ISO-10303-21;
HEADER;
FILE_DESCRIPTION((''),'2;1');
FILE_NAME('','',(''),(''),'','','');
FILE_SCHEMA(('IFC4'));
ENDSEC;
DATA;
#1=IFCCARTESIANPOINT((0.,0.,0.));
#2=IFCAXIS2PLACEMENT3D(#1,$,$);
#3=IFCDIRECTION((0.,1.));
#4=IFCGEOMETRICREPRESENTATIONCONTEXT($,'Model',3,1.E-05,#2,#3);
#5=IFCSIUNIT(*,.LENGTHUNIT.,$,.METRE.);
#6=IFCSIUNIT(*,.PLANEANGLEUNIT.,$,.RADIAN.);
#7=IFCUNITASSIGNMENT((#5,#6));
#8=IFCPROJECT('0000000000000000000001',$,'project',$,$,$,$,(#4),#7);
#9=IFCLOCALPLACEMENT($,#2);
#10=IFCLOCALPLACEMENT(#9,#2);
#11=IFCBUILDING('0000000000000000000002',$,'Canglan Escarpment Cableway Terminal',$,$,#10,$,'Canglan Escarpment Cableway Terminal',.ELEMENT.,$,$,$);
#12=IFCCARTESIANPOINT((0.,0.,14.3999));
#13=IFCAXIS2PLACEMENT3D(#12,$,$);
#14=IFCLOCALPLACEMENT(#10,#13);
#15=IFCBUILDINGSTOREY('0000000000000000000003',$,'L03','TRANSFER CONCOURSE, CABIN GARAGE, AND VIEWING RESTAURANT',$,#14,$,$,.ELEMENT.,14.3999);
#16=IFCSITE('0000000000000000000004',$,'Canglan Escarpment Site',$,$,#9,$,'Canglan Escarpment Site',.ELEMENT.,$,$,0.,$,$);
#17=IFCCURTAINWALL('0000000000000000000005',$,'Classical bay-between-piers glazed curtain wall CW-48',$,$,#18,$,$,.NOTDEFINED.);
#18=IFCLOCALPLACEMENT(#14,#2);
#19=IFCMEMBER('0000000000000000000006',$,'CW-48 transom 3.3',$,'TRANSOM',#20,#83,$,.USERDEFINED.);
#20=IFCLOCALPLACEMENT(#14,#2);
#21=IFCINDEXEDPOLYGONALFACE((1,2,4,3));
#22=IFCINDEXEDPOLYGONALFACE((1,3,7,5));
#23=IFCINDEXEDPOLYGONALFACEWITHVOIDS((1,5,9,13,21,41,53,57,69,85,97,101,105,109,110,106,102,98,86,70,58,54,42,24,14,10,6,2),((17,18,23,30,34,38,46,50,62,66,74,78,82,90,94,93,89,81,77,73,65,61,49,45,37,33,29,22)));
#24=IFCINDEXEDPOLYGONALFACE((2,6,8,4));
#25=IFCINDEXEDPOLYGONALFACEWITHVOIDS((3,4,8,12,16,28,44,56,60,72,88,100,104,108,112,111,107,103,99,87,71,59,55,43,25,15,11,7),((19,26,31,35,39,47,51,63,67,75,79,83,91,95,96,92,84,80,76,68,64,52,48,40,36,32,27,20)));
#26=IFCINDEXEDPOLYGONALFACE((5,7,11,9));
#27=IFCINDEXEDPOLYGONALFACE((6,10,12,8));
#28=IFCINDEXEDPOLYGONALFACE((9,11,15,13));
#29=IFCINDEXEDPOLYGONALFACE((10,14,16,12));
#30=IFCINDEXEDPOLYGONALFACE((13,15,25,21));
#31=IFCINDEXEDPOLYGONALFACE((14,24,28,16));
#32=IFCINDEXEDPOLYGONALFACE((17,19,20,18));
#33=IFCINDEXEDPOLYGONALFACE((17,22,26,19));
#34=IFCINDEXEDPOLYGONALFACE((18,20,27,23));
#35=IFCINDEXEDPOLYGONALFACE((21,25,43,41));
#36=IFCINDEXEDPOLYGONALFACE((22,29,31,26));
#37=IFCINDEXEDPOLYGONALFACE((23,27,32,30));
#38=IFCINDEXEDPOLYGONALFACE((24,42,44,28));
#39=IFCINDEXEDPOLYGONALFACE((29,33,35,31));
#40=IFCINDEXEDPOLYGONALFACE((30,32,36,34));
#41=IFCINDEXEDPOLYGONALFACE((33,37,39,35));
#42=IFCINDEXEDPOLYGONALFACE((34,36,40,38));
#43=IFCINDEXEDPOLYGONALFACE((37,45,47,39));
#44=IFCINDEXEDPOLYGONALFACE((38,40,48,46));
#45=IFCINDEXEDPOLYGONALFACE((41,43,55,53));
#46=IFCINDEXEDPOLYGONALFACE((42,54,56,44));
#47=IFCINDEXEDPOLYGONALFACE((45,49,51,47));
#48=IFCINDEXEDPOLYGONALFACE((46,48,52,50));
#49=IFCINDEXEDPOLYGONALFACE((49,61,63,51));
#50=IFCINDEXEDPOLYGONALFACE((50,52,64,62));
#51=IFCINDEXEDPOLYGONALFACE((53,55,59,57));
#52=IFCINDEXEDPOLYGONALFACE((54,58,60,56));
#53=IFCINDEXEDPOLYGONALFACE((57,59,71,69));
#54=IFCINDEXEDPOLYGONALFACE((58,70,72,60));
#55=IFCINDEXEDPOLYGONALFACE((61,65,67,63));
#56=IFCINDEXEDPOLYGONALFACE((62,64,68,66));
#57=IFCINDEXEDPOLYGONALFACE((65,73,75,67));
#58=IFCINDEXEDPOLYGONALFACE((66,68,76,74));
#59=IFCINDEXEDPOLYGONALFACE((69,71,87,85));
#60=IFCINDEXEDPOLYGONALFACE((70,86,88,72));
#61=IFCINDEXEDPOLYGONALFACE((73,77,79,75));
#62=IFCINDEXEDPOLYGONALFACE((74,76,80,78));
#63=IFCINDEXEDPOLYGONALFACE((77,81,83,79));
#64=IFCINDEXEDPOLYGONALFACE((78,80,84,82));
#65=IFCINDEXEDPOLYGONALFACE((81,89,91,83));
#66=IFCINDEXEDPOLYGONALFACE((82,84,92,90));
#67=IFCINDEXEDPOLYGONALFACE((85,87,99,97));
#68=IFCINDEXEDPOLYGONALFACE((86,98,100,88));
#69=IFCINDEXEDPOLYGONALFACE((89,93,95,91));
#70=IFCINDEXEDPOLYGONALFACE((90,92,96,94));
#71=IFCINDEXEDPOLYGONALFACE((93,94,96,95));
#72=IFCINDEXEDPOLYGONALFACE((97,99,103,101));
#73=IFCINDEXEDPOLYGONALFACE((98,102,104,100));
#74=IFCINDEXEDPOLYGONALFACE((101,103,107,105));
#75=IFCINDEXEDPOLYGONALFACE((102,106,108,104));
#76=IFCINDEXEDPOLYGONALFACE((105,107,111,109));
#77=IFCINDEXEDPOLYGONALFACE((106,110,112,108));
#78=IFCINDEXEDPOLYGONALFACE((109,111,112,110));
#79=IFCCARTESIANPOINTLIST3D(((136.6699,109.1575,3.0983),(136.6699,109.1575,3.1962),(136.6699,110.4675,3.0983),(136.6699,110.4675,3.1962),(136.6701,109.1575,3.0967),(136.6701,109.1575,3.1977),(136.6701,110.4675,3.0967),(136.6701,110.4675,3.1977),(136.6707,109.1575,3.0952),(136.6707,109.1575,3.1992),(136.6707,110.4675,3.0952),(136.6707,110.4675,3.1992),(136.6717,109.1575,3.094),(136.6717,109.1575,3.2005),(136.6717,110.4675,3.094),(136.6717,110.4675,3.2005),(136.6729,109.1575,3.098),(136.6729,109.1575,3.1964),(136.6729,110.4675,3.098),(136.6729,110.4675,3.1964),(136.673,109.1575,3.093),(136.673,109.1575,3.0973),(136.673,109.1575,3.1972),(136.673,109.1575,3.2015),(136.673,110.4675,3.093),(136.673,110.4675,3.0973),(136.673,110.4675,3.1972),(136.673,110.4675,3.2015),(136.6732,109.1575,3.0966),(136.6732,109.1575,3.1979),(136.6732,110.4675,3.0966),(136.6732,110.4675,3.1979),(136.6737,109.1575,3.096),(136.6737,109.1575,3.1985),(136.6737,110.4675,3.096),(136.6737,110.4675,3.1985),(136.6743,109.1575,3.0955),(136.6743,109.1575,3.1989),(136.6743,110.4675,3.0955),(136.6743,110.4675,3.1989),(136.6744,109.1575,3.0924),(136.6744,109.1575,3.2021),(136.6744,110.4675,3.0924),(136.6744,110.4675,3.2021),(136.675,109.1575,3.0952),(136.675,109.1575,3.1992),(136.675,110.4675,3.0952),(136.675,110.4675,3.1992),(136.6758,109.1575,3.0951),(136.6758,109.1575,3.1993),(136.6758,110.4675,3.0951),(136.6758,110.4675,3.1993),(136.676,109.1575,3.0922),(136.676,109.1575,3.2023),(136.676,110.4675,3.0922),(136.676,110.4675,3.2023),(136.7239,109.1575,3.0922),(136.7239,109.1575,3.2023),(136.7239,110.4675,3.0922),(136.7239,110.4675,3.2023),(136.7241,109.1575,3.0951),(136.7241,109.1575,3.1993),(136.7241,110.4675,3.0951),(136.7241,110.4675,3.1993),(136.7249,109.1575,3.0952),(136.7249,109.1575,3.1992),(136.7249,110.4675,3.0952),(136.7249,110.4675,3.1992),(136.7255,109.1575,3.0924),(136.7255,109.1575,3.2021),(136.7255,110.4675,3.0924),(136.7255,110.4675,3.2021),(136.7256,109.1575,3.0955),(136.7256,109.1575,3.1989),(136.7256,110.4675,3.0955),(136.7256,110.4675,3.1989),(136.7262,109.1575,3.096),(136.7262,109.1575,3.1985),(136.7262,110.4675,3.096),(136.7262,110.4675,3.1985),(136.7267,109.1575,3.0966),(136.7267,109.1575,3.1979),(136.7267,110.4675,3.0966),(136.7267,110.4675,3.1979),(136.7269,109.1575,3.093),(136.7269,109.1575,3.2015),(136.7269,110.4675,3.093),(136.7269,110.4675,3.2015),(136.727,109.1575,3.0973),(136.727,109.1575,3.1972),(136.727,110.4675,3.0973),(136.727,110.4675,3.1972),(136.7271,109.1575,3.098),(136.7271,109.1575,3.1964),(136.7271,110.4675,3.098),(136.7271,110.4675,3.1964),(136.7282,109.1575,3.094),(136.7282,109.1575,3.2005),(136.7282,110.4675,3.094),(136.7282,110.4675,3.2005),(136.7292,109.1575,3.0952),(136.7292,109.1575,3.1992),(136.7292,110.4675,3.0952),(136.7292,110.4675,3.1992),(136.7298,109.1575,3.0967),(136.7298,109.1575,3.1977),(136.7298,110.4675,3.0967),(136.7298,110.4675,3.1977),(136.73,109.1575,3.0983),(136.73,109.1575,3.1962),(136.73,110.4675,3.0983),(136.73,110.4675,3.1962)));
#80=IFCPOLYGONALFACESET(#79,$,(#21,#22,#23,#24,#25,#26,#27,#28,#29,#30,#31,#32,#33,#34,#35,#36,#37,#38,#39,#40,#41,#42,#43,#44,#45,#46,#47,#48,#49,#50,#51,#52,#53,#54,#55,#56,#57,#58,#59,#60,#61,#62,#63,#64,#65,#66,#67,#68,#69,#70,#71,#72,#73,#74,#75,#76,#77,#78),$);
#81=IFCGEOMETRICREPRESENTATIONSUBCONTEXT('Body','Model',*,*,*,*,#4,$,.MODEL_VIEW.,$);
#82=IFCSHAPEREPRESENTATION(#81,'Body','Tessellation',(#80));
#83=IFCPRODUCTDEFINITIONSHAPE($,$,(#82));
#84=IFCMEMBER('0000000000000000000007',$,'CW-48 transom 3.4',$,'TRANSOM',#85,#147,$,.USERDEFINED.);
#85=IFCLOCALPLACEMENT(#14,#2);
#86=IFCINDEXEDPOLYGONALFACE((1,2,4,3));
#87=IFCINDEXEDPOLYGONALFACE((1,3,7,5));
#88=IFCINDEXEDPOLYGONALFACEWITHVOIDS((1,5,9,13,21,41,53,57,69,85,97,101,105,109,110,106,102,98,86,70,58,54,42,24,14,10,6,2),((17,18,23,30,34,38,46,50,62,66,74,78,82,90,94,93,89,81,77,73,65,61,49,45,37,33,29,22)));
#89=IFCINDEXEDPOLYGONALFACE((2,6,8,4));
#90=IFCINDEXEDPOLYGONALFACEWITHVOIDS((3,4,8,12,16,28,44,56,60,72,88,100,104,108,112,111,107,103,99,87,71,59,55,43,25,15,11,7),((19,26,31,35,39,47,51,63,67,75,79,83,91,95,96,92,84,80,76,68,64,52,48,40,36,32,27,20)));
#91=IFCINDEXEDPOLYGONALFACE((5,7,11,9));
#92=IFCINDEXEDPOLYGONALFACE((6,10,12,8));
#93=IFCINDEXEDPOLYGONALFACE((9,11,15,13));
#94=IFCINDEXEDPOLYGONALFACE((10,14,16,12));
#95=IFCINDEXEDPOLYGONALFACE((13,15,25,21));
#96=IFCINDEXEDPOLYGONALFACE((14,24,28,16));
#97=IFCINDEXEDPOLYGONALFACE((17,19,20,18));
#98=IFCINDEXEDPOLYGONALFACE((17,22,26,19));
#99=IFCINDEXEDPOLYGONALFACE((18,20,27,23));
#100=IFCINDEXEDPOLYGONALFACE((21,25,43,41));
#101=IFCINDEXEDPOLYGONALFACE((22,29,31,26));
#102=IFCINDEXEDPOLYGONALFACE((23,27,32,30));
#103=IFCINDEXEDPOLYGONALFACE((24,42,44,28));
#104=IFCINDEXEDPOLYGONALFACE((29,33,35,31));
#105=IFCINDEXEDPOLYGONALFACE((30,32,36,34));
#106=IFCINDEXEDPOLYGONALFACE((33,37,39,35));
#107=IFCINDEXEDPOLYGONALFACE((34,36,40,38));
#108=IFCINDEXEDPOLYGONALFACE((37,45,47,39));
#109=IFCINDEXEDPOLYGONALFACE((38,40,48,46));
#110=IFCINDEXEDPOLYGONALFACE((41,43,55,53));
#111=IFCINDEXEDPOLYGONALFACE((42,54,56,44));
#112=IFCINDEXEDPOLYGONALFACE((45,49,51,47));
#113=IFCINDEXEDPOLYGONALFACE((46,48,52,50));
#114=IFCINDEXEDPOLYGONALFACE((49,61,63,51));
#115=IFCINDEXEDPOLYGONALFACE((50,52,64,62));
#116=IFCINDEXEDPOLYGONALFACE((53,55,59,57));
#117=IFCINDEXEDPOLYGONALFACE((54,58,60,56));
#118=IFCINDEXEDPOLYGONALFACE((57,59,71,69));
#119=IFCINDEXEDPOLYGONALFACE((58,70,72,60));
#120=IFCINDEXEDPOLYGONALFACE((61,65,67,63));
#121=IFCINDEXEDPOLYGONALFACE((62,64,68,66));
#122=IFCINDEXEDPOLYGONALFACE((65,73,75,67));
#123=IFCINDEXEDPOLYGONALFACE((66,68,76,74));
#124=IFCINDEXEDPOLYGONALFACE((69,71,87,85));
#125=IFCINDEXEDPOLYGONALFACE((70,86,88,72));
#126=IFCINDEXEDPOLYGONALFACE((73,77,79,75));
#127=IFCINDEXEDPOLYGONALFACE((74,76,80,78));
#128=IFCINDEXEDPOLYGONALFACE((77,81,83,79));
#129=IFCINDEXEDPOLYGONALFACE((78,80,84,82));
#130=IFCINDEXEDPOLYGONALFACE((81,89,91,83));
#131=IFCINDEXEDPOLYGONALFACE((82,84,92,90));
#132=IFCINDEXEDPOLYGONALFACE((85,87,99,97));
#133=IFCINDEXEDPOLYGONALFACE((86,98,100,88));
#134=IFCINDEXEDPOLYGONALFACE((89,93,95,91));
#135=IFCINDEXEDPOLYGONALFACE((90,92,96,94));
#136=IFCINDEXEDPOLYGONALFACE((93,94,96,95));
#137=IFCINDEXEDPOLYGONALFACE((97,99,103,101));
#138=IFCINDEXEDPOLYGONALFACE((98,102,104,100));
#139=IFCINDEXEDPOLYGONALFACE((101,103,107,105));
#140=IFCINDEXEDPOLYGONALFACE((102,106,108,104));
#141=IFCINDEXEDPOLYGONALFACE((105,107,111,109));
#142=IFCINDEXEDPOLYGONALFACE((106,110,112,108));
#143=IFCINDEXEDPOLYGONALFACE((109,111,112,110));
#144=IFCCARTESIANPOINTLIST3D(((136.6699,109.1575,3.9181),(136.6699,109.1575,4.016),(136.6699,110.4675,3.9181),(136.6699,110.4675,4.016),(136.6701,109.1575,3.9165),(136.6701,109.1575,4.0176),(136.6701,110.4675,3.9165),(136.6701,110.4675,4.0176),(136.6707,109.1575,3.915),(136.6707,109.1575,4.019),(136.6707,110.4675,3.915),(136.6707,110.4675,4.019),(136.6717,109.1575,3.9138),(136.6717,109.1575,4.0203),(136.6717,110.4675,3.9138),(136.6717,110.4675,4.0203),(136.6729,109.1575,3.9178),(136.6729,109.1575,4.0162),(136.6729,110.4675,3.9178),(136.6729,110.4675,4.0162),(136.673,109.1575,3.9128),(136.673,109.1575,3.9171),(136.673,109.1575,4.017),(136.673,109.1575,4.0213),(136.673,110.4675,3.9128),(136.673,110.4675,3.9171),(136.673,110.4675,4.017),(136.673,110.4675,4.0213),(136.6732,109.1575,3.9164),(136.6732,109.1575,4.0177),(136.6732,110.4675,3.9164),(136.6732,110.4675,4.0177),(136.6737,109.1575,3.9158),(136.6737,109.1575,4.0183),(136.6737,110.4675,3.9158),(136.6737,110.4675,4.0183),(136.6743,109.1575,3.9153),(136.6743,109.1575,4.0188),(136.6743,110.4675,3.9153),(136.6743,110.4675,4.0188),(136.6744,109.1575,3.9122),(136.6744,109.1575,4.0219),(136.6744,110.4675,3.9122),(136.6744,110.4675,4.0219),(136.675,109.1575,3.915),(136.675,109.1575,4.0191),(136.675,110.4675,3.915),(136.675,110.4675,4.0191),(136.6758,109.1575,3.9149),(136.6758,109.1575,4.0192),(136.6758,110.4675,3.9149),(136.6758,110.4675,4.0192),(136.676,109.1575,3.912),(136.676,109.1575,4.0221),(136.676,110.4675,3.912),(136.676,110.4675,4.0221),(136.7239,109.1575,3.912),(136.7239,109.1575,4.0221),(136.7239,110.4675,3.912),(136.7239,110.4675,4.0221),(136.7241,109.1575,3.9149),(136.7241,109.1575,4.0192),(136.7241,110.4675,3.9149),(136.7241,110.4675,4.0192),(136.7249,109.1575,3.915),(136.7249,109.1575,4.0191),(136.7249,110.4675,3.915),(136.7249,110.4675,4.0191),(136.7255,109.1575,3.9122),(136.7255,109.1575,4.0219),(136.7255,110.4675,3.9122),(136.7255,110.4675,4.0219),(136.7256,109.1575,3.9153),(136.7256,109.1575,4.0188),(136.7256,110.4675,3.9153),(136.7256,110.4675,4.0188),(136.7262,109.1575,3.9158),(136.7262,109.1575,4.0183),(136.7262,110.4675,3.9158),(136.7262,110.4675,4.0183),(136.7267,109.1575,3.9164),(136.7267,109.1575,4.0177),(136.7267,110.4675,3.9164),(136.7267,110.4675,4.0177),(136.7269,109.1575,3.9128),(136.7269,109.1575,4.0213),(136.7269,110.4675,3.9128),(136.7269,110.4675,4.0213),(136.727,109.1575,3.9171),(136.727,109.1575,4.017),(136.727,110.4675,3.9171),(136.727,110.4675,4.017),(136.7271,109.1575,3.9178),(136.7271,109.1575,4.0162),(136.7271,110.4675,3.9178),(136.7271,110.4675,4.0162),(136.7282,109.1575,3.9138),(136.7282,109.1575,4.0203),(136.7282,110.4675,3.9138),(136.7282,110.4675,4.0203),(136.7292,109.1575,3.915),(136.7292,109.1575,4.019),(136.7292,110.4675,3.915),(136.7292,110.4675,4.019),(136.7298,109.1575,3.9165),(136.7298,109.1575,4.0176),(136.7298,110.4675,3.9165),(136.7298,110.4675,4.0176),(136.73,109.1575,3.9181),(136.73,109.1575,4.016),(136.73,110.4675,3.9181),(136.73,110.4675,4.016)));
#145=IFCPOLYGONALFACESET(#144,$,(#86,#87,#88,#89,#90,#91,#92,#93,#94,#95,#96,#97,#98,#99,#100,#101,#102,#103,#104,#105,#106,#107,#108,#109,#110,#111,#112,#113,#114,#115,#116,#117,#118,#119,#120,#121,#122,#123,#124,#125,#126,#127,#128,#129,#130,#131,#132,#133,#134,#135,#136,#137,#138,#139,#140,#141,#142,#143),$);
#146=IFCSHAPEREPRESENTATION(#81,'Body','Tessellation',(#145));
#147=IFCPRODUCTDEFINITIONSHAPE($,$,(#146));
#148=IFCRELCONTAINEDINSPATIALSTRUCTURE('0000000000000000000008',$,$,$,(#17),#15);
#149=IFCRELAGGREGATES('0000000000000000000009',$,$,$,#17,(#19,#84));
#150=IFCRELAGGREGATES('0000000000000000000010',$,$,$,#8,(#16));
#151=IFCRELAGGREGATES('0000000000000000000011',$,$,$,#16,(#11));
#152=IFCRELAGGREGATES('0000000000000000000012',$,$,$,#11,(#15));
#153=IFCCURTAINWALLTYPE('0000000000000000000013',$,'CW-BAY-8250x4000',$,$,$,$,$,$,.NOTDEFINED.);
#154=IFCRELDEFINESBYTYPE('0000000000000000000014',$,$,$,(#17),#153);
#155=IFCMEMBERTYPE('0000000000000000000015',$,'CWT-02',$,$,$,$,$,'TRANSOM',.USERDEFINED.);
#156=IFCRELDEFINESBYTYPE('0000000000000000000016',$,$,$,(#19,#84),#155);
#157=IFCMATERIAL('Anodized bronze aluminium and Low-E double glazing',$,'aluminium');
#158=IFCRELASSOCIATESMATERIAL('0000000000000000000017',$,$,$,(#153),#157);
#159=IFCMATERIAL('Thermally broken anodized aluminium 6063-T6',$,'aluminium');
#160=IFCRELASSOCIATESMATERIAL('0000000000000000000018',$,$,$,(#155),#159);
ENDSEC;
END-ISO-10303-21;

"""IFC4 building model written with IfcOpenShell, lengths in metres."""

from ifc_helpers import new_model, si_unit, direction, frame, origin, origin_2d, place, context, subcontext, project, spatial, hollow_rectangle, extrude, material, material_profile, profile_set, type_object, element, aggregate, save


model = new_model("IFC4")

# Units and contexts
model_context = context("Model", 3, precision=1e-05, world=origin(), true_north=direction((0.0, 1.0)))
body_context = subcontext(model_context, "Body", "Model", "MODEL_VIEW")
ifc_project = project(units=[si_unit("LENGTHUNIT", "METRE"), si_unit("PLANEANGLEUNIT", "RADIAN")], contexts=[model_context])

# Site, building, storey
site_placement = place(None, origin())
site = spatial("IfcSite", under=ifc_project, at=site_placement, Name="Canglan Escarpment Site", LongName="Canglan Escarpment Site", CompositionType="ELEMENT", RefElevation=0.0)
building_placement = place(site_placement, origin())
building = spatial("IfcBuilding", under=site, at=building_placement, Name="Canglan Escarpment Cableway Terminal", LongName="Canglan Escarpment Cableway Terminal", CompositionType="ELEMENT")
storey_placement = place(building_placement, frame((0.0, 0.0, 14.3999)))
storey = spatial("IfcBuildingStorey", under=building, at=storey_placement, Name="L03", Description="TRANSFER CONCOURSE, CABIN GARAGE, AND VIEWING RESTAURANT", CompositionType="ELEMENT", Elevation=14.3999)

# Curtain wall, members
ifc_material_1 = material(Name="Anodized bronze aluminium and Low-E double glazing", Category="aluminium")
curtain_wall_type_1 = type_object("IfcCurtainWallType", Name="CW-BAY-8250x4000", PredefinedType="NOTDEFINED", material=ifc_material_1)
curtain_wall_1_placement = place(storey_placement, origin())
curtain_wall_1 = element("IfcCurtainWall", 1, at=curtain_wall_1_placement, inside=storey, type_object=curtain_wall_type_1, Name="Classical bay-between-piers glazed curtain wall CW-48", PredefinedType="NOTDEFINED")
ifc_material_2 = material(Name="Thermally broken anodized aluminium 6063-T6", Category="aluminium")
ifc_material_profile_1 = material_profile(ifc_material_2, hollow_rectangle(XDim=0.0601, YDim=0.1101, WallThickness=0.0029, InnerFilletRadius=0.0029, OuterFilletRadius=0.0061, at=origin_2d()), Name="ALU-TRAN 60x110x3")
ifc_profile_set_1 = profile_set([ifc_material_profile_1], Name="Thermally broken anodized aluminium 6063-T6")
member_type_1 = type_object("IfcMemberType", Name="CWT-02", ElementType="TRANSOM", PredefinedType="USERDEFINED", material=ifc_profile_set_1)
member_1_placement = place(storey_placement, frame((136.7, 109.1575, 3.1472), z_axis=(0.0, 1.0, 0.0), x_axis=(-1.0, 0.0, 0.0)))
member_1 = element("IfcMember", 2, at=member_1_placement, type_object=member_type_1, Name="CW-48 transom 3.3", ObjectType="TRANSOM", PredefinedType="USERDEFINED", context=body_context, shape_type="SweptSolid", body=[
    extrude(hollow_rectangle(XDim=0.0601, YDim=0.1101, WallThickness=0.0029, InnerFilletRadius=0.0029, OuterFilletRadius=0.0061, at=origin_2d()), origin(), (0.0, 0.0, 1.0), 1.3101),
])
member_2_placement = place(storey_placement, frame((136.7, 109.1575, 3.967), z_axis=(0.0, 1.0, 0.0), x_axis=(-1.0, 0.0, 0.0)))
member_2 = element("IfcMember", 3, at=member_2_placement, type_object=member_type_1, Name="CW-48 transom 3.4", ObjectType="TRANSOM", PredefinedType="USERDEFINED", context=body_context, shape_type="SweptSolid", body=[
    extrude(hollow_rectangle(XDim=0.0601, YDim=0.1101, WallThickness=0.0029, InnerFilletRadius=0.0029, OuterFilletRadius=0.0061, at=origin_2d()), origin(), (0.0, 0.0, 1.0), 1.3101),
])

aggregate(curtain_wall_1, [member_1, member_2])

save(model, "model.ifc")
